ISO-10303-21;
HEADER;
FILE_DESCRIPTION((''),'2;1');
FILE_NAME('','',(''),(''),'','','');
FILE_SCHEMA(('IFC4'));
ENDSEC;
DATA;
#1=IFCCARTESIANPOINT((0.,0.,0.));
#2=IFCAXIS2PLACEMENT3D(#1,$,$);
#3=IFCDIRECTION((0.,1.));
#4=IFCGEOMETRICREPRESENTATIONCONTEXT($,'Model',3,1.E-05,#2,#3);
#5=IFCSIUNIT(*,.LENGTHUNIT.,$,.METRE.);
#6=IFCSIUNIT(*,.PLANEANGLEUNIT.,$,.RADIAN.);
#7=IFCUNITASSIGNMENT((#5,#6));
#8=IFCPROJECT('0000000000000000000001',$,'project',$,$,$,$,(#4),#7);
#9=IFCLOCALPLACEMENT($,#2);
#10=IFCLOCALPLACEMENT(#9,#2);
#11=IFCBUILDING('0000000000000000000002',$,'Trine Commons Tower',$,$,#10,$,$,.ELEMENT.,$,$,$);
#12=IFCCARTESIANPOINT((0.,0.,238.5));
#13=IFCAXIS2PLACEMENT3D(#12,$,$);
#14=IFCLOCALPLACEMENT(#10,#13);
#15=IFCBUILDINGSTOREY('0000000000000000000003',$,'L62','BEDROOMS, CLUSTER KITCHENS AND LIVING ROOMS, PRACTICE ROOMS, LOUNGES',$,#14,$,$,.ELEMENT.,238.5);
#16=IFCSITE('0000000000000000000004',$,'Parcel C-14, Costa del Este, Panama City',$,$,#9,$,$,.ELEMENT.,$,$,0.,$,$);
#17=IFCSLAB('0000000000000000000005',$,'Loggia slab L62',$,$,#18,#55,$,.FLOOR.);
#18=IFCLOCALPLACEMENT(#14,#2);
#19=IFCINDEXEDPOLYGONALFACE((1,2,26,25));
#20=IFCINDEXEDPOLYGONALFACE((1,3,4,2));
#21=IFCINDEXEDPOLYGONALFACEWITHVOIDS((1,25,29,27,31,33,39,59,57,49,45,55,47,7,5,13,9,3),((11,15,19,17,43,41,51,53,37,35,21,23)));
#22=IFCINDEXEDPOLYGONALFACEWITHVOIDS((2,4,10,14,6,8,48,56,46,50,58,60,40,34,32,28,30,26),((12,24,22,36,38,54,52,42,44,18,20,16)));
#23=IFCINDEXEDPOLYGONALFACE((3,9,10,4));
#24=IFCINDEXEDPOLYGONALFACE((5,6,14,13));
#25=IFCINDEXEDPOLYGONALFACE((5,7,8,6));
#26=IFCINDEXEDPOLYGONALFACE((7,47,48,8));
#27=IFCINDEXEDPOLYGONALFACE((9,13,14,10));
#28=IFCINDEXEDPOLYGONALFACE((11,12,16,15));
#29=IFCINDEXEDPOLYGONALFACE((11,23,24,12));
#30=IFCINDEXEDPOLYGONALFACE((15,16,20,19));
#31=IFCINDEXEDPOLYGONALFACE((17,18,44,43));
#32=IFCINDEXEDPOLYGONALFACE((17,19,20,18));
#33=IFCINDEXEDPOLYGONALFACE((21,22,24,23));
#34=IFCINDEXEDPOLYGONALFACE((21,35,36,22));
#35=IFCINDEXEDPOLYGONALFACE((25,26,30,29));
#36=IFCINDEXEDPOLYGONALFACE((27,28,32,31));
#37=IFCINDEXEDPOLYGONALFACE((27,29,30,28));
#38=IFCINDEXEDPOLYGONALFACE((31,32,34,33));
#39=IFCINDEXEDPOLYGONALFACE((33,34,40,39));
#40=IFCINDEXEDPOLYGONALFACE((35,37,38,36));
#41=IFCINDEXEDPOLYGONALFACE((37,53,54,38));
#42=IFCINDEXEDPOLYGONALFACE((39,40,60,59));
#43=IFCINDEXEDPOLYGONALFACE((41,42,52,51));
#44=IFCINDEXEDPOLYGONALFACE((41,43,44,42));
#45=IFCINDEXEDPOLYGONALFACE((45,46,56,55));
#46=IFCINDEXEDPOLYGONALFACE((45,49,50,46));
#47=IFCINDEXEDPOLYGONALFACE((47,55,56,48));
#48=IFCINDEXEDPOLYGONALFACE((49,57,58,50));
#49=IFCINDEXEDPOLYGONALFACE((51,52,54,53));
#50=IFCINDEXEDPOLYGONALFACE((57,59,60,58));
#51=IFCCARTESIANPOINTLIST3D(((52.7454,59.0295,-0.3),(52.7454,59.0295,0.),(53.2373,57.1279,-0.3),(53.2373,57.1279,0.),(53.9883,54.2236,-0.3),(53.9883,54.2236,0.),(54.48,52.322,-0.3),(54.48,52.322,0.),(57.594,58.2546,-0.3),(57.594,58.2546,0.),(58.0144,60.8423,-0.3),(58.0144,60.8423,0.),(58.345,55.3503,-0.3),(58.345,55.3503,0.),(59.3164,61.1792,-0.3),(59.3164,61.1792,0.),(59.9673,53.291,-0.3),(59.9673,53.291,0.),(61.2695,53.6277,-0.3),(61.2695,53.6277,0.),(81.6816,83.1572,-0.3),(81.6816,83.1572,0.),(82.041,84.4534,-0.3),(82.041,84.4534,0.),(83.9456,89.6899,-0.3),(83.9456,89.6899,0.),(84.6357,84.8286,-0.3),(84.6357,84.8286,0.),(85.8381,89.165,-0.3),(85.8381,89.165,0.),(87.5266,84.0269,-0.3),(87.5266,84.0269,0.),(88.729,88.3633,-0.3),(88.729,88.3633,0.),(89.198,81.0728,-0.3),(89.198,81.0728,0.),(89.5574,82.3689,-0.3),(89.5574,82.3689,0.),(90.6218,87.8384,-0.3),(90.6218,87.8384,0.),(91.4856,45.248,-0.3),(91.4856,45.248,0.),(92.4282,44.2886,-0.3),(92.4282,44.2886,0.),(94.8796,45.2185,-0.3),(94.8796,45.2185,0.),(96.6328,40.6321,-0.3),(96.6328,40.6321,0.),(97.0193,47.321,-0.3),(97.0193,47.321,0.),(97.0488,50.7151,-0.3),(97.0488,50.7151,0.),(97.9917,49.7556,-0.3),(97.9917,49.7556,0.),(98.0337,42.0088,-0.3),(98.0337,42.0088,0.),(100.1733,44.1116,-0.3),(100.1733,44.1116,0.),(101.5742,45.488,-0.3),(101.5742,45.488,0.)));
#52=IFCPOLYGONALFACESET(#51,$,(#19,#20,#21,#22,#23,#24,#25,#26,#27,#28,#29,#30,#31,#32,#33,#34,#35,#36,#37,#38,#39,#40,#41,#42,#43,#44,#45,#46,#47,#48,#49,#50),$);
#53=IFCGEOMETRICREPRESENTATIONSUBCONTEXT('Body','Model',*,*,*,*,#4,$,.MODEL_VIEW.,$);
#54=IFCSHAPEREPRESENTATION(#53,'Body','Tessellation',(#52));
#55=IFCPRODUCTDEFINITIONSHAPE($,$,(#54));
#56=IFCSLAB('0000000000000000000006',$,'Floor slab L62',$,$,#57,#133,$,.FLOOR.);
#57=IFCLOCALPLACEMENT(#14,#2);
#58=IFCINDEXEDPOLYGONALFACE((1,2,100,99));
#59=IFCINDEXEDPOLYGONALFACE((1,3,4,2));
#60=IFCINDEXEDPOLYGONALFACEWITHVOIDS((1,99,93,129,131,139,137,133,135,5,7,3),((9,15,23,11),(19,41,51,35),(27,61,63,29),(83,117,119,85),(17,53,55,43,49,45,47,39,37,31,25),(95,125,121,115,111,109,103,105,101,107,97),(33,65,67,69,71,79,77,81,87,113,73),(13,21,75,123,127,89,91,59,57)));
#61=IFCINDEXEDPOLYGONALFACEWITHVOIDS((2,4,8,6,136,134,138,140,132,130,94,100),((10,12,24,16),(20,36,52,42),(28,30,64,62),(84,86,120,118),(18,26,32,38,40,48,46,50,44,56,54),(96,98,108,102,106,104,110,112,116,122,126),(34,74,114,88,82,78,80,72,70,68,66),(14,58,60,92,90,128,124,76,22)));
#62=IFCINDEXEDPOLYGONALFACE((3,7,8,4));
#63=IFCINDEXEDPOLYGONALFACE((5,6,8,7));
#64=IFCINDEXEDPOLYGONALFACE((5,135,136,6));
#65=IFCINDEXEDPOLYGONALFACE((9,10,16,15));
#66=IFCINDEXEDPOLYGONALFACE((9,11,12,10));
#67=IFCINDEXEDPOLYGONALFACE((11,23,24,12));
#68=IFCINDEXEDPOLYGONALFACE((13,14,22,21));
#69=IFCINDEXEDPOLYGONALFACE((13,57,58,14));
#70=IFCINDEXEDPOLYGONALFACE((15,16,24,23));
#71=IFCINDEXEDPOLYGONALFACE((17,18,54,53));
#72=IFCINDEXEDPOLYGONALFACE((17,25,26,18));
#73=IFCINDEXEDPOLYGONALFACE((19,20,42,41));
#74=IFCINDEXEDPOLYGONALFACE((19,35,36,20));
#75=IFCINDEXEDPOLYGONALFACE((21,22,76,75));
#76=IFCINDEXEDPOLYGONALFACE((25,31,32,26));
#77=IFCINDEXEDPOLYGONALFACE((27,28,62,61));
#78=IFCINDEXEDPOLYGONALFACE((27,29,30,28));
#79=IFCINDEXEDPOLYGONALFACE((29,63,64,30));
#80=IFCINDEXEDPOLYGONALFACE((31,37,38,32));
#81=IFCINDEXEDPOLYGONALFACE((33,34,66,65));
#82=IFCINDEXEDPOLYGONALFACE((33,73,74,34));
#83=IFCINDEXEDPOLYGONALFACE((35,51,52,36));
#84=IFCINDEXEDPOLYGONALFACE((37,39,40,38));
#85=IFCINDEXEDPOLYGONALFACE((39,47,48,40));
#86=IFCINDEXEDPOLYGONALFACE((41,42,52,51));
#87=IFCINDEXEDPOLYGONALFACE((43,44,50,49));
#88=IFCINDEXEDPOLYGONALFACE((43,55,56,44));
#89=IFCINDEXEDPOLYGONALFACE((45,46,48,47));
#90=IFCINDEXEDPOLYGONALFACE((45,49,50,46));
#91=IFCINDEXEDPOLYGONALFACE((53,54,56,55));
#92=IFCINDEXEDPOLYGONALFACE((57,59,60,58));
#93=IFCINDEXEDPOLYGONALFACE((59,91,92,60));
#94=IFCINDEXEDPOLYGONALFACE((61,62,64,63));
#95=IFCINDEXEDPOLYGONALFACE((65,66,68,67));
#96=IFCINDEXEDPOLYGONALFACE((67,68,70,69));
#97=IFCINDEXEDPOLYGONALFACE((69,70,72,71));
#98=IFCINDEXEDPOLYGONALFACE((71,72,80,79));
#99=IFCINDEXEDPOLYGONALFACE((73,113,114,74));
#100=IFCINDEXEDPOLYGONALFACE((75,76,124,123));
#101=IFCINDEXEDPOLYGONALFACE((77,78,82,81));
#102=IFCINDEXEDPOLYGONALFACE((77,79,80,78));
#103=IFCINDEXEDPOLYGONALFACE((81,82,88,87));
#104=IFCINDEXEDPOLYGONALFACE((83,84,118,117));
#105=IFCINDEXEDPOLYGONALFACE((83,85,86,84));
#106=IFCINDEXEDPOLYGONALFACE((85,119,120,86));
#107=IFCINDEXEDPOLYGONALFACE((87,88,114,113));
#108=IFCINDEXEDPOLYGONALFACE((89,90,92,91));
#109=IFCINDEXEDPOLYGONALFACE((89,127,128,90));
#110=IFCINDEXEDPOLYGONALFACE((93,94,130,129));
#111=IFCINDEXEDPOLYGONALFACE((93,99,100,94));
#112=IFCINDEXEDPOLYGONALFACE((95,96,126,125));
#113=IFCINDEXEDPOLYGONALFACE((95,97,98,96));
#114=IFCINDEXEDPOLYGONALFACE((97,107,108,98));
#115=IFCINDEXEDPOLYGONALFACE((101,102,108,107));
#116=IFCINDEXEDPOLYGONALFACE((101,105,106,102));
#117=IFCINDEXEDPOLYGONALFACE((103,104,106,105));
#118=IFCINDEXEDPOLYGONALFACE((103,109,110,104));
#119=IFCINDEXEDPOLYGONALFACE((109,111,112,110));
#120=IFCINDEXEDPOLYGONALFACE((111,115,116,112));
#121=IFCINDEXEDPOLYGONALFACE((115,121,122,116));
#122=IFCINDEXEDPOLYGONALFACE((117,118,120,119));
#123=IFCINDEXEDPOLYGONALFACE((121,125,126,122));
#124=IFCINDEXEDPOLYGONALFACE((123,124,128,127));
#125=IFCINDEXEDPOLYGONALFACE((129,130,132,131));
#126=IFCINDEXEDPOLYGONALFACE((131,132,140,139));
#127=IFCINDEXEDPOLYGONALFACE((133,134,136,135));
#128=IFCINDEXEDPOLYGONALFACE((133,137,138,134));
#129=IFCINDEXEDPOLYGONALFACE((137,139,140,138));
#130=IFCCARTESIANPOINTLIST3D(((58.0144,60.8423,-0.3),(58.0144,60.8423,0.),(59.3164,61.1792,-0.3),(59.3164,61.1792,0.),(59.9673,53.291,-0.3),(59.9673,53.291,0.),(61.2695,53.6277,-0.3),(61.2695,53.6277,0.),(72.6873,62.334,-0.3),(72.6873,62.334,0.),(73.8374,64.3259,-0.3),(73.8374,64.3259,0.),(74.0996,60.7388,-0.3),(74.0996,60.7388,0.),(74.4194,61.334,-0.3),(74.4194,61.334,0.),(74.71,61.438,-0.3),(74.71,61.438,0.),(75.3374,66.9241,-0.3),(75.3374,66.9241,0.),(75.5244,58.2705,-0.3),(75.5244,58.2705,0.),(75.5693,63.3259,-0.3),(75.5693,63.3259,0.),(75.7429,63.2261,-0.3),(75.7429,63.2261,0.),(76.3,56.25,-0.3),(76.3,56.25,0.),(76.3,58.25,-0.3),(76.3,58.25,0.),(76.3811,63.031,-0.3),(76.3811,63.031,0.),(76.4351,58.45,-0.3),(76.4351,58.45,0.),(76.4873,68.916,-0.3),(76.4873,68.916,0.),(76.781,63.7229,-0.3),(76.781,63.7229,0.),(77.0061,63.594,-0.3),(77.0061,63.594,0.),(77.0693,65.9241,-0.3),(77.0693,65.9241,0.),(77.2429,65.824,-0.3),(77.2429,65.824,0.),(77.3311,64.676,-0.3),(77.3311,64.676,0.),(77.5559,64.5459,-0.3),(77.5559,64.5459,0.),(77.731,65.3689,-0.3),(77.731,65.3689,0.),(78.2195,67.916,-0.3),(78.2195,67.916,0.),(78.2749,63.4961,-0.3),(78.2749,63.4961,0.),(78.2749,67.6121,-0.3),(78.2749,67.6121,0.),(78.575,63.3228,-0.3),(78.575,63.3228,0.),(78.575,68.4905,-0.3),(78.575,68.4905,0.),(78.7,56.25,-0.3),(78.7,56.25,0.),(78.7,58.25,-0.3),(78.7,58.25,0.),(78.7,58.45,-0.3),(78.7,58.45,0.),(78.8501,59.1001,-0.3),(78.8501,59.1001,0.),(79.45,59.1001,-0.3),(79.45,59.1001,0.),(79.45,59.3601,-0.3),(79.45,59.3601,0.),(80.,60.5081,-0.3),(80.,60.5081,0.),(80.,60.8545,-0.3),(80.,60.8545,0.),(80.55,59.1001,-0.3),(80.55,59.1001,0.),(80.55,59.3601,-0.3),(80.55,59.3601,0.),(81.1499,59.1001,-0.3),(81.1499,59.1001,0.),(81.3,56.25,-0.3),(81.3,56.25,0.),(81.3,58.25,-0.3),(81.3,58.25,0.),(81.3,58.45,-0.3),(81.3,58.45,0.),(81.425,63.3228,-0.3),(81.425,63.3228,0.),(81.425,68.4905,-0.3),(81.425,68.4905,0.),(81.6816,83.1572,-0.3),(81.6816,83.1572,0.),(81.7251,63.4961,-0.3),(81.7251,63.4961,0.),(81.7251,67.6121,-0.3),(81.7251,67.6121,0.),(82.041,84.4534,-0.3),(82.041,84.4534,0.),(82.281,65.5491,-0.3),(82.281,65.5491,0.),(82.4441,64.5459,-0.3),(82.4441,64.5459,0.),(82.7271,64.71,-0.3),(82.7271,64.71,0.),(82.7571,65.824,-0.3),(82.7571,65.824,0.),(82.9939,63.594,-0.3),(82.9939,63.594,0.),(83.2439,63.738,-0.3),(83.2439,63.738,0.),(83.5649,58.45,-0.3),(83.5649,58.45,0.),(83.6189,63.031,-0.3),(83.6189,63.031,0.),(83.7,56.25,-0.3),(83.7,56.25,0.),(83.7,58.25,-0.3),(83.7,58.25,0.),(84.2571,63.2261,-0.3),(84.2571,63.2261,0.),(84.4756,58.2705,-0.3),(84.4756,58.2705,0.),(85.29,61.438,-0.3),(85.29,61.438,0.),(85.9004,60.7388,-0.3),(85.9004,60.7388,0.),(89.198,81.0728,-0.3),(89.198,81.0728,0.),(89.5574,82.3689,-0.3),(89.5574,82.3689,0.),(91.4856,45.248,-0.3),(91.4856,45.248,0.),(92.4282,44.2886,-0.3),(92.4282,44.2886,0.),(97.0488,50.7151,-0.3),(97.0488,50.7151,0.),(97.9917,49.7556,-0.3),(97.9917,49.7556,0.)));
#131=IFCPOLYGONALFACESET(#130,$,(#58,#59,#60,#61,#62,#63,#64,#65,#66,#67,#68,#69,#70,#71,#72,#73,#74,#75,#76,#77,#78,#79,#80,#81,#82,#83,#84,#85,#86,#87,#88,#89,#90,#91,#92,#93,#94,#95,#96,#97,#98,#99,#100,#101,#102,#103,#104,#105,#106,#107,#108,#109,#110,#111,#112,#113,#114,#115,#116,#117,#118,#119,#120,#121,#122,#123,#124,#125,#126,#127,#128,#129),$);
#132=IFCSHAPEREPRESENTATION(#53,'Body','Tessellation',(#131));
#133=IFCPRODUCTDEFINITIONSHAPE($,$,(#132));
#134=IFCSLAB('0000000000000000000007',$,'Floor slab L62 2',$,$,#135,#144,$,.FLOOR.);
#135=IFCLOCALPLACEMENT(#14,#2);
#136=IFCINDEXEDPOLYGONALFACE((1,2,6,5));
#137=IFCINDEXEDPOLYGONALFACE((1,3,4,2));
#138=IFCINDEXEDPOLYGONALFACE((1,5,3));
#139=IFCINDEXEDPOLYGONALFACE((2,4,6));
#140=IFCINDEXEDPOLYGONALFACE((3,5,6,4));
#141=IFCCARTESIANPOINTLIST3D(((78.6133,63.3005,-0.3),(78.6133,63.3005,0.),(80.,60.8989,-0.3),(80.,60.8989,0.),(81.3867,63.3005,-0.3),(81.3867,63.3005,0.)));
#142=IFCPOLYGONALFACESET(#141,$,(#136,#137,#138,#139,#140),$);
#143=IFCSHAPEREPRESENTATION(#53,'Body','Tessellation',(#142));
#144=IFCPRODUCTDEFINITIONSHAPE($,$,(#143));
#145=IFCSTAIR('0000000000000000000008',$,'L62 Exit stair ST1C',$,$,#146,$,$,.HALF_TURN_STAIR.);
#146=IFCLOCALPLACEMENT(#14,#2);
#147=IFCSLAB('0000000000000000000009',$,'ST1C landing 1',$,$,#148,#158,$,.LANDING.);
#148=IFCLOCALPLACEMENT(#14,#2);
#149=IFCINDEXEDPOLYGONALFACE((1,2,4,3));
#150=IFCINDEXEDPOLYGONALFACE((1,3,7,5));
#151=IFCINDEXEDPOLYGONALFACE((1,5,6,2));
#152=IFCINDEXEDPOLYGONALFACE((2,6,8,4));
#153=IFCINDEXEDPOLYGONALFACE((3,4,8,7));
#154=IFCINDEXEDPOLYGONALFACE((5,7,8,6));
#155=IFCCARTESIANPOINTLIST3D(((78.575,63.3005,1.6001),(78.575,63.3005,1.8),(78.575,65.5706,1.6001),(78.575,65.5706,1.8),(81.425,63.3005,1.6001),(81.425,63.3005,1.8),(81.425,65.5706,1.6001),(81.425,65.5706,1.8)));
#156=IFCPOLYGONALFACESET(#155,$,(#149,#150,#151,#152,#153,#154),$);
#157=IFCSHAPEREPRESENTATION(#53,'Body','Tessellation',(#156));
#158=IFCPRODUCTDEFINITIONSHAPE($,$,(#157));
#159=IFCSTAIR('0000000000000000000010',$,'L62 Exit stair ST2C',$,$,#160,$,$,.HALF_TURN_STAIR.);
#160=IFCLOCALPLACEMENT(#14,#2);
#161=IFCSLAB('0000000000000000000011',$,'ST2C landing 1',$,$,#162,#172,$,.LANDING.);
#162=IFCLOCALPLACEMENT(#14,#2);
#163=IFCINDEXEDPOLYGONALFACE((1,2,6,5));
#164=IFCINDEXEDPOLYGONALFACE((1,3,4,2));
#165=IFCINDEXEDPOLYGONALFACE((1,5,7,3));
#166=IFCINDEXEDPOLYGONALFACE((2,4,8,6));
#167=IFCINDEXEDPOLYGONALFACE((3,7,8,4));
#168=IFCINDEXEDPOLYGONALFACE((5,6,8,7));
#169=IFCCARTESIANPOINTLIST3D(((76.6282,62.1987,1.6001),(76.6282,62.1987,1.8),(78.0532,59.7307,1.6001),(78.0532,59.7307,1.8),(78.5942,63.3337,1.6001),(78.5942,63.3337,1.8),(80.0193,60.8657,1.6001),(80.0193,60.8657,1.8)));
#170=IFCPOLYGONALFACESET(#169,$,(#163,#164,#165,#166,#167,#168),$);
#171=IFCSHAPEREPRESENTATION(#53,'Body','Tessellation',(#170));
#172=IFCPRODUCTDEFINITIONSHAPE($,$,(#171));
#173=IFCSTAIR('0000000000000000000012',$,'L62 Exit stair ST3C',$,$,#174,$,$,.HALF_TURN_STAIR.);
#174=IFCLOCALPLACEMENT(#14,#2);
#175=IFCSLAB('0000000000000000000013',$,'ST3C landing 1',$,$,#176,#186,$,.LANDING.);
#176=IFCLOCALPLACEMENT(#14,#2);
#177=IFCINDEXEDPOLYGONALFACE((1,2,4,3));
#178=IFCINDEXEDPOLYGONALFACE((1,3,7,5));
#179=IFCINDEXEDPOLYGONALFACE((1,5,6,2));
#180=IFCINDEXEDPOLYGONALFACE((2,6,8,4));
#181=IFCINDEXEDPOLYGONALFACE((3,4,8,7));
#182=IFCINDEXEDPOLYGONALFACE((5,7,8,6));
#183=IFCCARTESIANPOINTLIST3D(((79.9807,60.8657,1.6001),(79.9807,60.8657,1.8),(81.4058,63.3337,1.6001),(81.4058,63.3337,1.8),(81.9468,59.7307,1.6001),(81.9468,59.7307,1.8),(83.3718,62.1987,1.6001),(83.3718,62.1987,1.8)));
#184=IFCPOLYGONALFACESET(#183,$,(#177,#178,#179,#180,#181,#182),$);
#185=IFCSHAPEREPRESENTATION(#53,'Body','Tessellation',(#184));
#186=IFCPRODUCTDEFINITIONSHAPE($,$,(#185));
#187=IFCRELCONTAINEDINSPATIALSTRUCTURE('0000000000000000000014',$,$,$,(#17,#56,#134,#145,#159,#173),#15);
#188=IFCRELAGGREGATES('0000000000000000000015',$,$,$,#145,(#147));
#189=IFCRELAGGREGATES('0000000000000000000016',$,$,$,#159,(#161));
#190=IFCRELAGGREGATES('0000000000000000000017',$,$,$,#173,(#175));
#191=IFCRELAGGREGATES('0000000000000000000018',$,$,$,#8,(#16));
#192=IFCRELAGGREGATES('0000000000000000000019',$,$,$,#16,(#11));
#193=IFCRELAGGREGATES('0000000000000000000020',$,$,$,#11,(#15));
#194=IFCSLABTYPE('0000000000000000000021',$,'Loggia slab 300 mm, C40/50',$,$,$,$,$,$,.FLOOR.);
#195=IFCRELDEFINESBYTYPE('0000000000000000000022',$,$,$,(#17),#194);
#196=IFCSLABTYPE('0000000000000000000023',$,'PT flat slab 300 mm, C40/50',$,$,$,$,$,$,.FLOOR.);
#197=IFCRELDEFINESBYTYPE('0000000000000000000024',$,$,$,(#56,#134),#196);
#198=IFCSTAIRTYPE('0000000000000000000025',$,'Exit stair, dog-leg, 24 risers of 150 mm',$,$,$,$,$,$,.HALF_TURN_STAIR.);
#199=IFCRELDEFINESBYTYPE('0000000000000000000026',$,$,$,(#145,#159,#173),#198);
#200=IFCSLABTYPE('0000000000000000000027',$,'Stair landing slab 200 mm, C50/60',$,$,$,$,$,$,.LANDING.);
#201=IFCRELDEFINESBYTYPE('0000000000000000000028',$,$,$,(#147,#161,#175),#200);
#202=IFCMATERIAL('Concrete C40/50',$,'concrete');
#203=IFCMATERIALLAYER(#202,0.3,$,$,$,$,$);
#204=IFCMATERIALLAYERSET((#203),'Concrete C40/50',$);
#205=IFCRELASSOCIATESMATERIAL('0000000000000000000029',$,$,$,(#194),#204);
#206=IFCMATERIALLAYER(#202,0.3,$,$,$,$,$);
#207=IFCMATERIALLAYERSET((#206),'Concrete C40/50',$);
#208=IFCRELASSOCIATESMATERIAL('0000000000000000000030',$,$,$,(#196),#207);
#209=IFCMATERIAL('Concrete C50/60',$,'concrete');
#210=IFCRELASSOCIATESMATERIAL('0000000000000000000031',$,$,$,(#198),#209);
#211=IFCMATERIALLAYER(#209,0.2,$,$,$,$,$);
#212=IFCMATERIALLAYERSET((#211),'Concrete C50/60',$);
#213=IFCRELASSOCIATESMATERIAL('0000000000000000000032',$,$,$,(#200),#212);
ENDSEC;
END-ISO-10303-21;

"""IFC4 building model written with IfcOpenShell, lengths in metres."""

from ifc_helpers import new_model, si_unit, direction, frame, origin, place, context, subcontext, project, spatial, polyline, outline, extrude, material, layer, layer_set, type_object, element, aggregate, save


model = new_model("IFC4")

# Units and contexts
model_context = context("Model", 3, precision=1e-05, world=origin(), true_north=direction((0.0, 1.0)))
body_context = subcontext(model_context, "Body", "Model", "MODEL_VIEW")
ifc_project = project(units=[si_unit("LENGTHUNIT", "METRE"), si_unit("PLANEANGLEUNIT", "RADIAN")], contexts=[model_context])

# Site, building, storey
site_placement = place(None, origin())
site = spatial("IfcSite", under=ifc_project, at=site_placement, Name="Parcel C-14, Costa del Este, Panama City", CompositionType="ELEMENT", RefElevation=0.0)
building_placement = place(site_placement, origin())
building = spatial("IfcBuilding", under=site, at=building_placement, Name="Trine Commons Tower", CompositionType="ELEMENT")
storey_placement = place(building_placement, frame((0.0, 0.0, 238.5)))
storey = spatial("IfcBuildingStorey", under=building, at=storey_placement, Name="L62", Description="BEDROOMS, CLUSTER KITCHENS AND LIVING ROOMS, PRACTICE ROOMS, LOUNGES", CompositionType="ELEMENT", Elevation=238.5)

# Slabs
ifc_material_1 = material(Name="Concrete C40/50", Category="concrete")
ifc_layer_1 = layer(ifc_material_1, 0.3)
ifc_layer_set_1 = layer_set([ifc_layer_1], Name="Concrete C40/50")
slab_type_1 = type_object("IfcSlabType", Name="Loggia slab 300 mm, C40/50", PredefinedType="FLOOR", material=ifc_layer_set_1)
slab_1_placement = place(storey_placement, frame((0.0, 0.0, -0.3)))
element("IfcSlab", 1, at=slab_1_placement, inside=storey, type_object=slab_type_1, Name="Loggia slab L62", PredefinedType="FLOOR", context=body_context, shape_type="SweptSolid", body=[
    extrude(outline(polyline([(101.5742, 45.488), (90.6218, 87.8384), (88.729, 88.3633), (87.5266, 84.0269), (84.6357, 84.8286), (85.8381, 89.165), (83.9456, 89.6899), (52.7454, 59.0295), (53.2373, 57.1279), (57.594, 58.2546), (58.345, 55.3503), (53.9883, 54.2236), (54.48, 52.322), (96.6328, 40.6321), (98.0337, 42.0088), (94.8796, 45.2185), (97.0193, 47.321), (100.1733, 44.1116), (101.5742, 45.488)]), holes=[polyline([(59.3164, 61.1792), (61.2695, 53.6277), (59.9673, 53.291), (92.4282, 44.2886), (91.4856, 45.248), (97.0488, 50.7151), (97.9917, 49.7556), (89.5574, 82.3689), (89.198, 81.0728), (81.6816, 83.1572), (82.041, 84.4534), (58.0144, 60.8423), (59.3164, 61.1792)])]), origin(), (0.0, 0.0, 1.0), 0.3),
])
ifc_layer_2 = layer(ifc_material_1, 0.3)
ifc_layer_set_2 = layer_set([ifc_layer_2], Name="Concrete C40/50")
slab_type_2 = type_object("IfcSlabType", Name="PT flat slab 300 mm, C40/50", PredefinedType="FLOOR", material=ifc_layer_set_2)
slab_2_placement = place(storey_placement, frame((0.0, 0.0, -0.3)))
element("IfcSlab", 2, at=slab_2_placement, inside=storey, type_object=slab_type_2, Name="Floor slab L62", PredefinedType="FLOOR", context=body_context, shape_type="SweptSolid", body=[
    extrude(outline(polyline([(58.0144, 60.8423), (59.3164, 61.1792), (61.2695, 53.6277), (59.9673, 53.291), (92.4282, 44.2886), (91.4856, 45.248), (97.0488, 50.7151), (97.9917, 49.7556), (89.5574, 82.3689), (89.198, 81.0728), (81.6816, 83.1572), (82.041, 84.4534), (58.0144, 60.8423)]), holes=[polyline([(78.7, 56.25), (78.7, 58.25), (76.3, 58.25), (76.3, 56.25), (78.7, 56.25)]), polyline([(83.7, 56.25), (83.7, 58.25), (81.3, 58.25), (81.3, 56.25), (83.7, 56.25)]), polyline([(81.3, 58.45), (83.5649, 58.45), (80.0, 60.5081), (76.4351, 58.45), (78.7, 58.45), (78.8501, 59.1001), (79.45, 59.1001), (79.45, 59.3601), (80.55, 59.3601), (80.55, 59.1001), (81.1499, 59.1001), (81.3, 58.45)]), polyline([(81.425, 63.3228), (81.425, 68.4905), (78.575, 68.4905), (78.575, 63.3228), (74.0996, 60.7388), (75.5244, 58.2705), (80.0, 60.8545), (84.4756, 58.2705), (85.9004, 60.7388), (81.425, 63.3228)]), polyline([(72.6873, 62.334), (74.4194, 61.334), (75.5693, 63.3259), (73.8374, 64.3259), (72.6873, 62.334)]), polyline([(76.3811, 63.031), (75.7429, 63.2261), (74.71, 61.438), (78.2749, 63.4961), (78.2749, 67.6121), (77.2429, 65.824), (77.731, 65.3689), (77.3311, 64.676), (77.5559, 64.5459), (77.0061, 63.594), (76.781, 63.7229), (76.3811, 63.031)]), polyline([(82.9939, 63.594), (82.4441, 64.5459), (82.7271, 64.71), (82.281, 65.5491), (82.7571, 65.824), (81.7251, 67.6121), (81.7251, 63.4961), (85.29, 61.438), (84.2571, 63.2261), (83.6189, 63.031), (83.2439, 63.738), (82.9939, 63.594)]), polyline([(76.4873, 68.916), (75.3374, 66.9241), (77.0693, 65.9241), (78.2195, 67.916), (76.4873, 68.916)])]), origin(), (0.0, 0.0, 1.0), 0.3),
])
slab_3_placement = place(storey_placement, frame((0.0, 0.0, -0.3)))
element("IfcSlab", 3, at=slab_3_placement, inside=storey, type_object=slab_type_2, Name="Floor slab L62 2", PredefinedType="FLOOR", context=body_context, shape_type="SweptSolid", body=[
    extrude(outline(polyline([(81.3867, 63.3005), (78.6133, 63.3005), (80.0, 60.8989), (81.3867, 63.3005)])), origin(), (0.0, 0.0, 1.0), 0.3),
])

# Stairs, slabs
ifc_material_2 = material(Name="Concrete C50/60", Category="concrete")
stair_type = type_object("IfcStairType", Name="Exit stair, dog-leg, 24 risers of 150 mm", PredefinedType="HALF_TURN_STAIR", material=ifc_material_2)
stair_1_placement = place(storey_placement, origin())
stair_1 = element("IfcStair", 4, at=stair_1_placement, inside=storey, type_object=stair_type, Name="L62 Exit stair ST1C", PredefinedType="HALF_TURN_STAIR")
ifc_layer_3 = layer(ifc_material_2, 0.2)
ifc_layer_set_3 = layer_set([ifc_layer_3], Name="Concrete C50/60")
slab_type_3 = type_object("IfcSlabType", Name="Stair landing slab 200 mm, C50/60", PredefinedType="LANDING", material=ifc_layer_set_3)
slab_4_placement = place(storey_placement, frame((0.0, 0.0, 1.6001)))
slab_4 = element("IfcSlab", 5, at=slab_4_placement, type_object=slab_type_3, Name="ST1C landing 1", PredefinedType="LANDING", context=body_context, shape_type="SweptSolid", body=[
    extrude(outline(polyline([(78.575, 65.5706), (78.575, 63.3005), (81.425, 63.3005), (81.425, 65.5706), (78.575, 65.5706)])), origin(), (0.0, 0.0, 1.0), 0.2),
])
aggregate(stair_1, [slab_4])
stair_2_placement = place(storey_placement, origin())
stair_2 = element("IfcStair", 6, at=stair_2_placement, inside=storey, type_object=stair_type, Name="L62 Exit stair ST2C", PredefinedType="HALF_TURN_STAIR")
slab_5_placement = place(storey_placement, frame((0.0, 0.0, 1.6001)))
slab_5 = element("IfcSlab", 7, at=slab_5_placement, type_object=slab_type_3, Name="ST2C landing 1", PredefinedType="LANDING", context=body_context, shape_type="SweptSolid", body=[
    extrude(outline(polyline([(78.0532, 59.7307), (80.0193, 60.8657), (78.5942, 63.3337), (76.6282, 62.1987), (78.0532, 59.7307)])), origin(), (0.0, 0.0, 1.0), 0.2),
])
aggregate(stair_2, [slab_5])
stair_3_placement = place(storey_placement, origin())
stair_3 = element("IfcStair", 8, at=stair_3_placement, inside=storey, type_object=stair_type, Name="L62 Exit stair ST3C", PredefinedType="HALF_TURN_STAIR")
slab_6_placement = place(storey_placement, frame((0.0, 0.0, 1.6001)))
slab_6 = element("IfcSlab", 9, at=slab_6_placement, type_object=slab_type_3, Name="ST3C landing 1", PredefinedType="LANDING", context=body_context, shape_type="SweptSolid", body=[
    extrude(outline(polyline([(83.3718, 62.1987), (81.4058, 63.3337), (79.9807, 60.8657), (81.9468, 59.7307), (83.3718, 62.1987)])), origin(), (0.0, 0.0, 1.0), 0.2),
])
aggregate(stair_3, [slab_6])

save(model, "model.ifc")
